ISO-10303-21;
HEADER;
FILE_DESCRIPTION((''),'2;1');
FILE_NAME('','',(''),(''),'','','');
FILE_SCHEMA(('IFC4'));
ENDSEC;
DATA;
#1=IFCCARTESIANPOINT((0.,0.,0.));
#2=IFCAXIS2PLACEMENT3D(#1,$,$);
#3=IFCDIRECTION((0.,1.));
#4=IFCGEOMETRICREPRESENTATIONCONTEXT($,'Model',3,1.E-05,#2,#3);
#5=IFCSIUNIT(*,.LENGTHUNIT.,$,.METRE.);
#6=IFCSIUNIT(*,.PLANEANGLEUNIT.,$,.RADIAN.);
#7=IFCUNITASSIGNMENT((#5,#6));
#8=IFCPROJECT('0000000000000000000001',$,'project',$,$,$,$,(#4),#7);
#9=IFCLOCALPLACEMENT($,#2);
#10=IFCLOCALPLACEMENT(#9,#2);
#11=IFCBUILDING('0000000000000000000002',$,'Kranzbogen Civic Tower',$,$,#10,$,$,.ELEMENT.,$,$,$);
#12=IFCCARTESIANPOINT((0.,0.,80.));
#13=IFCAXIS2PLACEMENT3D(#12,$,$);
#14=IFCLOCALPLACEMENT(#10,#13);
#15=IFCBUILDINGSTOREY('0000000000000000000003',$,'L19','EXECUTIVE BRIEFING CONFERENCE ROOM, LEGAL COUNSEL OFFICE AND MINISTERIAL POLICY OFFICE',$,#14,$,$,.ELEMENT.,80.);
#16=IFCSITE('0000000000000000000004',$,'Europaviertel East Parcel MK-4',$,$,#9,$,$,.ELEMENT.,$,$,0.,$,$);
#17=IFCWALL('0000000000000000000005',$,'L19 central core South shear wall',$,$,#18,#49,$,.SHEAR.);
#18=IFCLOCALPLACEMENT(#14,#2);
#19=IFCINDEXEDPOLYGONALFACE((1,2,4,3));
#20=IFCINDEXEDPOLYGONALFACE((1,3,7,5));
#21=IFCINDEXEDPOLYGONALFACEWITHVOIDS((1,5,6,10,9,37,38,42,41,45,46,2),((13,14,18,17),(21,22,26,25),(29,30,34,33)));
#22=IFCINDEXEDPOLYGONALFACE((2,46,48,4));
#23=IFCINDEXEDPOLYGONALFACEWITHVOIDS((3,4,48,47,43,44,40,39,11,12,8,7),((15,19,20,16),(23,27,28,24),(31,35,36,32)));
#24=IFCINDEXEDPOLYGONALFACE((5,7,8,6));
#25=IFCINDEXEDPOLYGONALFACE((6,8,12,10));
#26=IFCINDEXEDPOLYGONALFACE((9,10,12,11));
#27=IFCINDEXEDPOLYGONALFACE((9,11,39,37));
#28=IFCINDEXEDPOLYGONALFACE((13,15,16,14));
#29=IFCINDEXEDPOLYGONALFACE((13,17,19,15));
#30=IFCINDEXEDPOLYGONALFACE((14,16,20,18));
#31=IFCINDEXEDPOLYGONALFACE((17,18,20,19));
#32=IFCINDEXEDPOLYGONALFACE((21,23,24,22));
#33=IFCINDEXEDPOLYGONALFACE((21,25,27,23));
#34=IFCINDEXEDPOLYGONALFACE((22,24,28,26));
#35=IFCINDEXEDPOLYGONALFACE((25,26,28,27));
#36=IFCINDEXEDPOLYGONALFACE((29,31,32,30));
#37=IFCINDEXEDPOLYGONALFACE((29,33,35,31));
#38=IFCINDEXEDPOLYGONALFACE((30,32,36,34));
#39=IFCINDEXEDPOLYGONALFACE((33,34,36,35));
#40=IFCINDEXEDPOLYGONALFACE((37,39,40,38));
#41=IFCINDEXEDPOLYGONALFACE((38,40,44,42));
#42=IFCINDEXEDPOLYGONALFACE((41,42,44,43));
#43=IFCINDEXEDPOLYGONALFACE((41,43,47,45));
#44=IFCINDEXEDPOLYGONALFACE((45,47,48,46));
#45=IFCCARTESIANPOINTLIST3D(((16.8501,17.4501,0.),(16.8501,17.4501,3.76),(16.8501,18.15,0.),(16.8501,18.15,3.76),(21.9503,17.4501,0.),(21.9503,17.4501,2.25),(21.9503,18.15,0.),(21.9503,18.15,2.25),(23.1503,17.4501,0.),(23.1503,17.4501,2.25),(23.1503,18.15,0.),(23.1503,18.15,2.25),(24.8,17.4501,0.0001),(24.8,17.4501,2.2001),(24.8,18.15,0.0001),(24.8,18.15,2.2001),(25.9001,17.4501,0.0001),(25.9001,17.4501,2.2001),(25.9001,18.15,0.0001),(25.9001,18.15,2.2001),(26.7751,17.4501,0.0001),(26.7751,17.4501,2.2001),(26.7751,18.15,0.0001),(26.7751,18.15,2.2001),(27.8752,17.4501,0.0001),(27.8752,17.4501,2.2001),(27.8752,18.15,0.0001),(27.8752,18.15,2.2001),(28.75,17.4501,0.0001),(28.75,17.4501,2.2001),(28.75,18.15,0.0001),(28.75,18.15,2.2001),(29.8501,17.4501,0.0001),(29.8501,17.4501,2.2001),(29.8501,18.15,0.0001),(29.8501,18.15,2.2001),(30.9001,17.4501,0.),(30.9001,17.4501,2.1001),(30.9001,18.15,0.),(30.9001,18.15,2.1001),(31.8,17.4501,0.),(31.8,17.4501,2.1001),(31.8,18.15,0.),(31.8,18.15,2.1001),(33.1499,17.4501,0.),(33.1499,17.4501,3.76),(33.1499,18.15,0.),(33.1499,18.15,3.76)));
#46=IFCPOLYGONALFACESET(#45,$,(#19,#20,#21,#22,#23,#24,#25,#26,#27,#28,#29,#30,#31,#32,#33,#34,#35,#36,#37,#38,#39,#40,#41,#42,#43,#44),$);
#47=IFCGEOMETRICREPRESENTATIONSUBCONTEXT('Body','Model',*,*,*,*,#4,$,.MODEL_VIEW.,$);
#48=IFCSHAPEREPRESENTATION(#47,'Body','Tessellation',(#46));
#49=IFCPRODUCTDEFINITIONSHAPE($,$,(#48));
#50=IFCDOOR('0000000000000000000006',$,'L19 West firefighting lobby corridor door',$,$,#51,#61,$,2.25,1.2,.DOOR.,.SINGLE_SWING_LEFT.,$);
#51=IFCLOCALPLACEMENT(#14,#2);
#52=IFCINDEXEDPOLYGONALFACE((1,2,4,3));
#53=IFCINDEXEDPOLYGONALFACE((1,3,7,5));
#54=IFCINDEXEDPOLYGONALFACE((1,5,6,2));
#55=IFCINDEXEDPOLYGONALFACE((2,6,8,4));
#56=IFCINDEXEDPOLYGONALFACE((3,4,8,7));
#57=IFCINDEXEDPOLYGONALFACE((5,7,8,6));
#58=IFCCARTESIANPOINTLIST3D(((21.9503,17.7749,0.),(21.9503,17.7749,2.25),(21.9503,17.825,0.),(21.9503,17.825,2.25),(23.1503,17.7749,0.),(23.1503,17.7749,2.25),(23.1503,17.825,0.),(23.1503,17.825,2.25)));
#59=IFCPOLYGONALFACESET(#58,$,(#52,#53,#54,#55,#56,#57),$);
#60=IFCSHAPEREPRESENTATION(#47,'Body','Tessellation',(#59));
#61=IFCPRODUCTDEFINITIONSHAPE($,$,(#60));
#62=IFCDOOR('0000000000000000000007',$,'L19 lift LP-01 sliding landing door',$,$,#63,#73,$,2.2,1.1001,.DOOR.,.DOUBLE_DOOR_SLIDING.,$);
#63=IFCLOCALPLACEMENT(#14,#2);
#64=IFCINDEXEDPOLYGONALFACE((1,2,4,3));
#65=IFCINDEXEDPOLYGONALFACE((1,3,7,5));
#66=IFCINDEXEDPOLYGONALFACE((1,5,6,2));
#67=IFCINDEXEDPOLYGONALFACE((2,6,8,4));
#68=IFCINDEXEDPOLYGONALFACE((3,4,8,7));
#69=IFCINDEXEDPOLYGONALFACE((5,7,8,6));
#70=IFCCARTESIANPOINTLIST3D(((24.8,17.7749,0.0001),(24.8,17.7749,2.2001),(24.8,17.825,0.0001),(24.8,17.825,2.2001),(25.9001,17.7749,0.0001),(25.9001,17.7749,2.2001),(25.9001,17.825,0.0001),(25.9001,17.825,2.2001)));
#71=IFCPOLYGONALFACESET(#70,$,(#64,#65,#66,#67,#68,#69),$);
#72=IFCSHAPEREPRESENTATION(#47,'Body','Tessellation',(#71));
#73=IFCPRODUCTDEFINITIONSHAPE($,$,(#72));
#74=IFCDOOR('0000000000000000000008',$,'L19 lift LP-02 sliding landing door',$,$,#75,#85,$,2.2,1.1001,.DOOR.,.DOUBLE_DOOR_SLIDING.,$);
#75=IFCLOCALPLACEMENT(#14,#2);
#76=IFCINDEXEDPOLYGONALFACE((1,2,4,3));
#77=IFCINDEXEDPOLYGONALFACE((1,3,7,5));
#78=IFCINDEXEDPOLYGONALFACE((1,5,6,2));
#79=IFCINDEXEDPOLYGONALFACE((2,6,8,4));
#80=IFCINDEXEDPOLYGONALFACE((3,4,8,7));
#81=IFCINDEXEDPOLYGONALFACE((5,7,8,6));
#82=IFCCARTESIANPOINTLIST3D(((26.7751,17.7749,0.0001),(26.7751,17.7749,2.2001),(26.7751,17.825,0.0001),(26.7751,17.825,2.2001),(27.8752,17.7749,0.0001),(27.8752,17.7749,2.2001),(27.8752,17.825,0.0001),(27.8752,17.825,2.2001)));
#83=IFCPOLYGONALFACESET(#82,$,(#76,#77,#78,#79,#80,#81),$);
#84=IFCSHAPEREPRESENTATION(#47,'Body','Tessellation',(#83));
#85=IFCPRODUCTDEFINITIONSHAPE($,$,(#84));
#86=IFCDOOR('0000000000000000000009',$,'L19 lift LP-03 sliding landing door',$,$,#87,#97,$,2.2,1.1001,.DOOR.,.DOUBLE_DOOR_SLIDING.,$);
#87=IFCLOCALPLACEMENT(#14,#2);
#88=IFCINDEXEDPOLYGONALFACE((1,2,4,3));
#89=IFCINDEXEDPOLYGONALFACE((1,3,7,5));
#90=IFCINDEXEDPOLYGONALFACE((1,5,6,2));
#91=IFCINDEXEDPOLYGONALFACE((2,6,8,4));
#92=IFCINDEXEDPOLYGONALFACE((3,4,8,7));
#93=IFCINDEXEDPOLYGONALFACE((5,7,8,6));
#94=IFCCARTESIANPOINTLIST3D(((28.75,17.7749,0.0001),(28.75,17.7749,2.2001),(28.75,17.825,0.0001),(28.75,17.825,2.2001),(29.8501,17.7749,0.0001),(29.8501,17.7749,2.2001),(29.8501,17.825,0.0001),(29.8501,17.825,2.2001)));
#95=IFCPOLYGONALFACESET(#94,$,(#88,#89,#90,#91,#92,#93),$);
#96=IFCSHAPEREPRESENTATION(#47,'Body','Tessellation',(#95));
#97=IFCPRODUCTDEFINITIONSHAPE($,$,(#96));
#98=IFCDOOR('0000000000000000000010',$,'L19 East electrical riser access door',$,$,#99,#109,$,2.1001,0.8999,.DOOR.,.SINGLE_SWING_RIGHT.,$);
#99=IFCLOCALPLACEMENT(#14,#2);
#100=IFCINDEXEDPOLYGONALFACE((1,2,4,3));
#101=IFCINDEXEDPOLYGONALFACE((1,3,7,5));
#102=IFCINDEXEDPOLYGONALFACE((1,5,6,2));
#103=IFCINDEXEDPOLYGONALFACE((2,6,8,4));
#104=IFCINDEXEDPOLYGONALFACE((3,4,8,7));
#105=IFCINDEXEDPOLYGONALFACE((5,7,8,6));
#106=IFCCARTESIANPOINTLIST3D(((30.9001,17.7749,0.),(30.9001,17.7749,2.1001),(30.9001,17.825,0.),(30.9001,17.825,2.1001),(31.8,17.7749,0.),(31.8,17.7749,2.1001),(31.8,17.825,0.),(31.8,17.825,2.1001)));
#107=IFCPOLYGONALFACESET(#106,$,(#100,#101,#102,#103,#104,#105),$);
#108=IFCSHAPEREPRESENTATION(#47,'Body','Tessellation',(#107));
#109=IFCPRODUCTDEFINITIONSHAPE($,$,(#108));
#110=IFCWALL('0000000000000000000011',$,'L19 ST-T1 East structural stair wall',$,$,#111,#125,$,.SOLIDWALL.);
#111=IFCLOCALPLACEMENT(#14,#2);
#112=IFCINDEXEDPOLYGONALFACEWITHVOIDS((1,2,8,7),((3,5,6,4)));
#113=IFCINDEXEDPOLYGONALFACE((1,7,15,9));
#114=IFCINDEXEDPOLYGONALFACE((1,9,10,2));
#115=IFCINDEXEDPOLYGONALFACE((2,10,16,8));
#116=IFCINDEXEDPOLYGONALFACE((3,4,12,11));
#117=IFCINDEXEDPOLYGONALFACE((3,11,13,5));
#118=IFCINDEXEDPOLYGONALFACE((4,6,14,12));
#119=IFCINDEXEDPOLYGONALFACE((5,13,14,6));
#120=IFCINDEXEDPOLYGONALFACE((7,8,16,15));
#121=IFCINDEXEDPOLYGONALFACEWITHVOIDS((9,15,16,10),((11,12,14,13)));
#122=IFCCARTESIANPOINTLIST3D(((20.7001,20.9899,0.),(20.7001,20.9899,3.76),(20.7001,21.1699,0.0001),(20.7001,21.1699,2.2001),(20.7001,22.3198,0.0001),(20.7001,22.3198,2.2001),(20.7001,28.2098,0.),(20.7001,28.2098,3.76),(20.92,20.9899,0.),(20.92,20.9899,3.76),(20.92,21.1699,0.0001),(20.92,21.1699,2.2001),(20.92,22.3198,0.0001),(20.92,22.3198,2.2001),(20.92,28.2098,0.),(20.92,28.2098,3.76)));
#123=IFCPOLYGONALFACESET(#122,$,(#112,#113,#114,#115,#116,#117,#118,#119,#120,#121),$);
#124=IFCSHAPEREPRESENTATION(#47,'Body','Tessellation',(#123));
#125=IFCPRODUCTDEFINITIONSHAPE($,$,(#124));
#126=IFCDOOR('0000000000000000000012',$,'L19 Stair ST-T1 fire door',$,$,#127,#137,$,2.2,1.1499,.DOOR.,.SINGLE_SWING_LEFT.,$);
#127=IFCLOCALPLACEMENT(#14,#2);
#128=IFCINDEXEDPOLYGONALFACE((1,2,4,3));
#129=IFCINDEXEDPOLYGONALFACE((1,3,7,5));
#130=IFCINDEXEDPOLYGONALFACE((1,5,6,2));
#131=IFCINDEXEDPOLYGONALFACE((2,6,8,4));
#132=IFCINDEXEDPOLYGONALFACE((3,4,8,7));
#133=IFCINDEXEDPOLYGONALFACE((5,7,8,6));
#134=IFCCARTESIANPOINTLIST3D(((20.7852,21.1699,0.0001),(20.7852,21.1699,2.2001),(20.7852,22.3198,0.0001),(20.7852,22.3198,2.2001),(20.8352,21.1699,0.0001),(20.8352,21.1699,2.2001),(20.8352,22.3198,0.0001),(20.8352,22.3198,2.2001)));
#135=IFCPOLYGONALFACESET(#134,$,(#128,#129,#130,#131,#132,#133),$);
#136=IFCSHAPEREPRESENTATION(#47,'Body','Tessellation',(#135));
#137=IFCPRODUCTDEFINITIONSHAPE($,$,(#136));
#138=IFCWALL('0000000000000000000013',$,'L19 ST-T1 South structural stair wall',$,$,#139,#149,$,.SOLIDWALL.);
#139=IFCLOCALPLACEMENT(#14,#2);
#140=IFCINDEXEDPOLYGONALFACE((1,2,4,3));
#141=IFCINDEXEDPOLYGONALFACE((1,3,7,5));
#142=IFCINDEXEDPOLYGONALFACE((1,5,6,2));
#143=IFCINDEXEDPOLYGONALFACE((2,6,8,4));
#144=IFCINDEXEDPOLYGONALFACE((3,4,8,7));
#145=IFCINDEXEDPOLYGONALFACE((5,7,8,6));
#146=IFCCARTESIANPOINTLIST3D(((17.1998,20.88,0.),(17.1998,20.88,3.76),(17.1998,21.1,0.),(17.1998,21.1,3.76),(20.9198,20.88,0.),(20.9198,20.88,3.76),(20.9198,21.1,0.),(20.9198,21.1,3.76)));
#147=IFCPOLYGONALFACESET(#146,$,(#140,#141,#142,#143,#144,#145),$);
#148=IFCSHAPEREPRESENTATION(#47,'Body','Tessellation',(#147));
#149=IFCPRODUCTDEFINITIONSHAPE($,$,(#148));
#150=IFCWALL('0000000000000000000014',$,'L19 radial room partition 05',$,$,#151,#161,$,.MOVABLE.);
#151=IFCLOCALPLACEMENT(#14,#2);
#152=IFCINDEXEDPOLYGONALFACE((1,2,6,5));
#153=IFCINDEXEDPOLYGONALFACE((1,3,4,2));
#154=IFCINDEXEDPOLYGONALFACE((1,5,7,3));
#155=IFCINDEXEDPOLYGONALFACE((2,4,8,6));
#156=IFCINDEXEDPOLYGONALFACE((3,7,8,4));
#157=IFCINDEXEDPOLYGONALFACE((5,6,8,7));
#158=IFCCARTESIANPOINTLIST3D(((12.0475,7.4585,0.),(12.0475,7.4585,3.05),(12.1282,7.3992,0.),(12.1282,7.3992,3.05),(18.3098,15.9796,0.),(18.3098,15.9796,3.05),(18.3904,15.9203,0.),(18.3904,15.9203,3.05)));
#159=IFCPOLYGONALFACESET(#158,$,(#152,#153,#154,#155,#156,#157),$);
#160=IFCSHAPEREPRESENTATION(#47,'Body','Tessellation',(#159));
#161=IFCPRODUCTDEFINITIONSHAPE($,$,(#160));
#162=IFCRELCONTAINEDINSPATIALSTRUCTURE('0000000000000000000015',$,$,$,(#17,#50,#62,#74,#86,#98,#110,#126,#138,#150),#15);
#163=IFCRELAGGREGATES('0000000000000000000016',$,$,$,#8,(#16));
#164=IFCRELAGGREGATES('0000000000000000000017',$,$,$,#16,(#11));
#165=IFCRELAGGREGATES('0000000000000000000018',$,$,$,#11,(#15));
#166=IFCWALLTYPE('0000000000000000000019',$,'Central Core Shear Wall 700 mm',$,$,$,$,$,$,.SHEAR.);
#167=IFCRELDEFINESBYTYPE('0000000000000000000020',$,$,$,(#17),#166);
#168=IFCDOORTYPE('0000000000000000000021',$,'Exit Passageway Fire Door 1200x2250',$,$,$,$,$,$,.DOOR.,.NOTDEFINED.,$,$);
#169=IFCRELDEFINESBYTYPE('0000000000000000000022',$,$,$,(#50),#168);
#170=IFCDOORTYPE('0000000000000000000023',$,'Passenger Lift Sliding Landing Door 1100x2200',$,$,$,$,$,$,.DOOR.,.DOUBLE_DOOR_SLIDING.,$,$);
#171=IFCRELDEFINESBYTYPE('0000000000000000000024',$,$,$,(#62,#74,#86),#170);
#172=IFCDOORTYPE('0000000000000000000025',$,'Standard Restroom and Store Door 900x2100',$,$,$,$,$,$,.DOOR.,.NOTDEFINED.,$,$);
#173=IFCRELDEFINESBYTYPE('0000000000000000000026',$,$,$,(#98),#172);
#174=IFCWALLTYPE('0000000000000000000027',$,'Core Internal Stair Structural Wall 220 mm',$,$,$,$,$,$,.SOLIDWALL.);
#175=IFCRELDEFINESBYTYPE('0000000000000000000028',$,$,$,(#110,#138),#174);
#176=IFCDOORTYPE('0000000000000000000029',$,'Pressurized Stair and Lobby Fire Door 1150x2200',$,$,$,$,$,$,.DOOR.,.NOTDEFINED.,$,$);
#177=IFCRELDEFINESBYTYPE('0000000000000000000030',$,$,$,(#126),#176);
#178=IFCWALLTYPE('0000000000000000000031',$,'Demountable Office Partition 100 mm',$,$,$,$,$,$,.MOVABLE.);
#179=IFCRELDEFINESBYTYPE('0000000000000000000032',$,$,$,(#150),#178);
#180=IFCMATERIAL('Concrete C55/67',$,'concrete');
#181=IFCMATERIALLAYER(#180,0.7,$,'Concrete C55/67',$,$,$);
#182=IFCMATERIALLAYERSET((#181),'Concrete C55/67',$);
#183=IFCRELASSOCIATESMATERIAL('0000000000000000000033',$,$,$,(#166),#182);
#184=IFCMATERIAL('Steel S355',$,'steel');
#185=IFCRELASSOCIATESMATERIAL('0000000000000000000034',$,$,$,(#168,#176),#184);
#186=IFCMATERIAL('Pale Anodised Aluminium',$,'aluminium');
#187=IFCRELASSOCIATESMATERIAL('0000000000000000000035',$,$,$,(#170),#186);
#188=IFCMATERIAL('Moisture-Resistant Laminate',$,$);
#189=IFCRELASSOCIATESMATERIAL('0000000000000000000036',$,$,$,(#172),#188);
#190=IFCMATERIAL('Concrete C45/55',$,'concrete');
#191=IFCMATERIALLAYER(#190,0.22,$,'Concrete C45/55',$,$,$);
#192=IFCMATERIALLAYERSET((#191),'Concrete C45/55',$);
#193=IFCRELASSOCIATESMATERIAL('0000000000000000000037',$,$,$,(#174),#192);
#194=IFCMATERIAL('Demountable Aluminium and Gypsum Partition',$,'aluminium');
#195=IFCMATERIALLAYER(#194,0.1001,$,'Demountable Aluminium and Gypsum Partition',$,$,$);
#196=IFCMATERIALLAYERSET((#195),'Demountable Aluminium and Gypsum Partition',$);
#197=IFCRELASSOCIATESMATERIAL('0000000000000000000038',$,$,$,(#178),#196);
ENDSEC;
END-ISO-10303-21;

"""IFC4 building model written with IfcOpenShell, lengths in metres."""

from ifc_helpers import new_model, si_unit, direction, frame, frame_2d, origin, place, context, subcontext, project, spatial, rectangle, extrude, material, layer, layer_set, type_object, element, fill, save


model = new_model("IFC4")

# Units and contexts
model_context = context("Model", 3, precision=1e-05, world=origin(), true_north=direction((0.0, 1.0)))
body_context = subcontext(model_context, "Body", "Model", "MODEL_VIEW")
ifc_project = project(units=[si_unit("LENGTHUNIT", "METRE"), si_unit("PLANEANGLEUNIT", "RADIAN")], contexts=[model_context])

# Site, building, storey
site_placement = place(None, origin())
site = spatial("IfcSite", under=ifc_project, at=site_placement, Name="Europaviertel East Parcel MK-4", CompositionType="ELEMENT", RefElevation=0.0)
building_placement = place(site_placement, origin())
building = spatial("IfcBuilding", under=site, at=building_placement, Name="Kranzbogen Civic Tower", CompositionType="ELEMENT")
storey_placement = place(building_placement, frame((0.0, 0.0, 80.0)))
storey = spatial("IfcBuildingStorey", under=building, at=storey_placement, Name="L19", Description="EXECUTIVE BRIEFING CONFERENCE ROOM, LEGAL COUNSEL OFFICE AND MINISTERIAL POLICY OFFICE", CompositionType="ELEMENT", Elevation=80.0)

# Shared definitions
ifc_material_1 = material(Name="Steel S355", Category="steel")

# Wall, openings, doors
ifc_material_2 = material(Name="Concrete C55/67", Category="concrete")
ifc_layer_1 = layer(ifc_material_2, 0.7, Name="Concrete C55/67")
ifc_layer_set_1 = layer_set([ifc_layer_1], Name="Concrete C55/67")
wall_type_1 = type_object("IfcWallType", Name="Central Core Shear Wall 700 mm", PredefinedType="SHEAR", material=ifc_layer_set_1)
wall_1_placement = place(storey_placement, frame((16.8501, 17.8, 0.0), z_axis=(0.0, 0.0, 1.0), x_axis=(1.0, 0.0, 0.0)))
wall_1 = element("IfcWall", 1, at=wall_1_placement, inside=storey, type_object=wall_type_1, Name="L19 central core South shear wall", PredefinedType="SHEAR", context=body_context, shape_type="SweptSolid", body=[
    extrude(rectangle(XDim=16.2998, YDim=0.7, at=frame_2d((8.1499, 0.0))), origin(), (0.0, 0.0, 1.0), 3.76),
])
opening_1_placement = place(wall_1_placement, frame((5.1001, 0.0, 0.0)))
opening_1 = element("IfcOpeningElement", 2, at=opening_1_placement, cuts=wall_1, PredefinedType="OPENING", context=body_context, shape_type="SweptSolid", body=[
    extrude(rectangle(XDim=1.2, YDim=2.25, at=frame_2d((0.6001, 1.125))), frame((0.0, 0.3599, 0.0), z_axis=(0.0, -1.0, 0.0), x_axis=(1.0, 0.0, 0.0)), (0.0, 0.0, 1.0), 0.72),
])
opening_2_placement = place(wall_1_placement, frame((14.05, 0.0, 0.0)))
opening_2 = element("IfcOpeningElement", 3, at=opening_2_placement, cuts=wall_1, PredefinedType="OPENING", context=body_context, shape_type="SweptSolid", body=[
    extrude(rectangle(XDim=0.8999, YDim=2.1001, at=frame_2d((0.45, 1.05))), frame((0.0, 0.3599, 0.0), z_axis=(0.0, -1.0, 0.0), x_axis=(1.0, 0.0, 0.0)), (0.0, 0.0, 1.0), 0.72),
])
opening_3_placement = place(wall_1_placement, frame((7.95, 0.0, 0.0)))
opening_3 = element("IfcOpeningElement", 4, at=opening_3_placement, cuts=wall_1, PredefinedType="OPENING", context=body_context, shape_type="SweptSolid", body=[
    extrude(rectangle(XDim=1.1001, YDim=2.2, at=frame_2d((0.55, 1.1001))), frame((0.0, 0.3599, 0.0), z_axis=(0.0, -1.0, 0.0), x_axis=(1.0, 0.0, 0.0)), (0.0, 0.0, 1.0), 0.72),
])
opening_4_placement = place(wall_1_placement, frame((9.925, 0.0, 0.0)))
opening_4 = element("IfcOpeningElement", 5, at=opening_4_placement, cuts=wall_1, PredefinedType="OPENING", context=body_context, shape_type="SweptSolid", body=[
    extrude(rectangle(XDim=1.1001, YDim=2.2, at=frame_2d((0.55, 1.1001))), frame((0.0, 0.3599, 0.0), z_axis=(0.0, -1.0, 0.0), x_axis=(1.0, 0.0, 0.0)), (0.0, 0.0, 1.0), 0.72),
])
opening_5_placement = place(wall_1_placement, frame((11.8999, 0.0, 0.0)))
opening_5 = element("IfcOpeningElement", 6, at=opening_5_placement, cuts=wall_1, PredefinedType="OPENING", context=body_context, shape_type="SweptSolid", body=[
    extrude(rectangle(XDim=1.1001, YDim=2.2, at=frame_2d((0.55, 1.1001))), frame((0.0, 0.3599, 0.0), z_axis=(0.0, -1.0, 0.0), x_axis=(1.0, 0.0, 0.0)), (0.0, 0.0, 1.0), 0.72),
])
door_type_1 = type_object("IfcDoorType", Name="Exit Passageway Fire Door 1200x2250", OperationType="NOTDEFINED", PredefinedType="DOOR", material=ifc_material_1)
door_1_placement = place(opening_1_placement, origin())
door_1 = element("IfcDoor", 7, at=door_1_placement, inside=storey, type_object=door_type_1, Name="L19 West firefighting lobby corridor door", OperationType="SINGLE_SWING_LEFT", OverallHeight=2.25, OverallWidth=1.2, PredefinedType="DOOR", context=body_context, shape_type="SweptSolid", body=[
    extrude(rectangle(XDim=1.2, YDim=2.25, at=frame_2d((0.6001, 1.125))), frame((0.0, 0.0249, 0.0), z_axis=(0.0, -1.0, 0.0), x_axis=(1.0, 0.0, 0.0)), (0.0, 0.0, 1.0), 0.05),
])
fill(opening_1, door_1)
ifc_material_3 = material(Name="Pale Anodised Aluminium", Category="aluminium")
door_type_2 = type_object("IfcDoorType", Name="Passenger Lift Sliding Landing Door 1100x2200", OperationType="DOUBLE_DOOR_SLIDING", PredefinedType="DOOR", material=ifc_material_3)
door_2_placement = place(opening_3_placement, origin())
door_2 = element("IfcDoor", 8, at=door_2_placement, inside=storey, type_object=door_type_2, Name="L19 lift LP-01 sliding landing door", OperationType="DOUBLE_DOOR_SLIDING", OverallHeight=2.2, OverallWidth=1.1001, PredefinedType="DOOR", context=body_context, shape_type="SweptSolid", body=[
    extrude(rectangle(XDim=1.1001, YDim=2.2, at=frame_2d((0.55, 1.1001))), frame((0.0, 0.0249, 0.0), z_axis=(0.0, -1.0, 0.0), x_axis=(1.0, 0.0, 0.0)), (0.0, 0.0, 1.0), 0.05),
])
fill(opening_3, door_2)
door_3_placement = place(opening_4_placement, origin())
door_3 = element("IfcDoor", 9, at=door_3_placement, inside=storey, type_object=door_type_2, Name="L19 lift LP-02 sliding landing door", OperationType="DOUBLE_DOOR_SLIDING", OverallHeight=2.2, OverallWidth=1.1001, PredefinedType="DOOR", context=body_context, shape_type="SweptSolid", body=[
    extrude(rectangle(XDim=1.1001, YDim=2.2, at=frame_2d((0.55, 1.1001))), frame((0.0, 0.0249, 0.0), z_axis=(0.0, -1.0, 0.0), x_axis=(1.0, 0.0, 0.0)), (0.0, 0.0, 1.0), 0.05),
])
fill(opening_4, door_3)
door_4_placement = place(opening_5_placement, origin())
door_4 = element("IfcDoor", 10, at=door_4_placement, inside=storey, type_object=door_type_2, Name="L19 lift LP-03 sliding landing door", OperationType="DOUBLE_DOOR_SLIDING", OverallHeight=2.2, OverallWidth=1.1001, PredefinedType="DOOR", context=body_context, shape_type="SweptSolid", body=[
    extrude(rectangle(XDim=1.1001, YDim=2.2, at=frame_2d((0.55, 1.1001))), frame((0.0, 0.0249, 0.0), z_axis=(0.0, -1.0, 0.0), x_axis=(1.0, 0.0, 0.0)), (0.0, 0.0, 1.0), 0.05),
])
fill(opening_5, door_4)
ifc_material_4 = material(Name="Moisture-Resistant Laminate")
door_type_3 = type_object("IfcDoorType", Name="Standard Restroom and Store Door 900x2100", OperationType="NOTDEFINED", PredefinedType="DOOR", material=ifc_material_4)
door_5_placement = place(opening_2_placement, origin())
door_5 = element("IfcDoor", 11, at=door_5_placement, inside=storey, type_object=door_type_3, Name="L19 East electrical riser access door", OperationType="SINGLE_SWING_RIGHT", OverallHeight=2.1001, OverallWidth=0.8999, PredefinedType="DOOR", context=body_context, shape_type="SweptSolid", body=[
    extrude(rectangle(XDim=0.8999, YDim=2.1001, at=frame_2d((0.45, 1.05))), frame((0.0, 0.0249, 0.0), z_axis=(0.0, -1.0, 0.0), x_axis=(1.0, 0.0, 0.0)), (0.0, 0.0, 1.0), 0.05),
])
fill(opening_2, door_5)

# Wall, opening, door
ifc_material_5 = material(Name="Concrete C45/55", Category="concrete")
ifc_layer_2 = layer(ifc_material_5, 0.22, Name="Concrete C45/55")
ifc_layer_set_2 = layer_set([ifc_layer_2], Name="Concrete C45/55")
wall_type_2 = type_object("IfcWallType", Name="Core Internal Stair Structural Wall 220 mm", PredefinedType="SOLIDWALL", material=ifc_layer_set_2)
wall_2_placement = place(storey_placement, frame((20.8101, 20.99, 0.0), z_axis=(0.0, 0.0, 1.0), x_axis=(0.0, 1.0, 0.0)))
wall_2 = element("IfcWall", 12, at=wall_2_placement, inside=storey, type_object=wall_type_2, Name="L19 ST-T1 East structural stair wall", PredefinedType="SOLIDWALL", context=body_context, shape_type="SweptSolid", body=[
    extrude(rectangle(XDim=7.22, YDim=0.22, at=frame_2d((3.6099, 0.0))), origin(), (0.0, 0.0, 1.0), 3.76),
])
opening_6_placement = place(wall_2_placement, frame((0.1799, 0.0, 0.0)))
opening_6 = element("IfcOpeningElement", 13, at=opening_6_placement, cuts=wall_2, PredefinedType="OPENING", context=body_context, shape_type="SweptSolid", body=[
    extrude(rectangle(XDim=1.1499, YDim=2.2, at=frame_2d((0.575, 1.1001))), frame((0.0, 0.1201, 0.0), z_axis=(0.0, -1.0, 0.0), x_axis=(1.0, 0.0, 0.0)), (0.0, 0.0, 1.0), 0.24),
])
door_type_4 = type_object("IfcDoorType", Name="Pressurized Stair and Lobby Fire Door 1150x2200", OperationType="NOTDEFINED", PredefinedType="DOOR", material=ifc_material_1)
door_6_placement = place(opening_6_placement, origin())
door_6 = element("IfcDoor", 14, at=door_6_placement, inside=storey, type_object=door_type_4, Name="L19 Stair ST-T1 fire door", OperationType="SINGLE_SWING_LEFT", OverallHeight=2.2, OverallWidth=1.1499, PredefinedType="DOOR", context=body_context, shape_type="SweptSolid", body=[
    extrude(rectangle(XDim=1.1499, YDim=2.2, at=frame_2d((0.575, 1.1001))), frame((0.0, 0.0249, 0.0), z_axis=(0.0, -1.0, 0.0), x_axis=(1.0, 0.0, 0.0)), (0.0, 0.0, 1.0), 0.05),
])
fill(opening_6, door_6)

# Walls
wall_3_placement = place(storey_placement, frame((17.2, 20.99, 0.0), z_axis=(0.0, 0.0, 1.0), x_axis=(1.0, 0.0, 0.0)))
element("IfcWall", 15, at=wall_3_placement, inside=storey, type_object=wall_type_2, Name="L19 ST-T1 South structural stair wall", PredefinedType="SOLIDWALL", context=body_context, shape_type="SweptSolid", body=[
    extrude(rectangle(XDim=3.72, YDim=0.22, at=frame_2d((1.8599, 0.0))), origin(), (0.0, 0.0, 1.0), 3.76),
])
ifc_material_6 = material(Name="Demountable Aluminium and Gypsum Partition", Category="aluminium")
ifc_layer_3 = layer(ifc_material_6, 0.1001, Name="Demountable Aluminium and Gypsum Partition")
ifc_layer_set_3 = layer_set([ifc_layer_3], Name="Demountable Aluminium and Gypsum Partition")
wall_type_3 = type_object("IfcWallType", Name="Demountable Office Partition 100 mm", PredefinedType="MOVABLE", material=ifc_layer_set_3)
wall_4_placement = place(storey_placement, frame((18.3501, 15.95, 0.0), z_axis=(0.0, 0.0, 1.0), x_axis=(-0.592192, -0.805797, 0.0)))
element("IfcWall", 16, at=wall_4_placement, inside=storey, type_object=wall_type_3, Name="L19 radial room partition 05", PredefinedType="MOVABLE", context=body_context, shape_type="SweptSolid", body=[
    extrude(rectangle(XDim=10.5747, YDim=0.1001, at=frame_2d((5.2874, 0.0))), origin(), (0.0, 0.0, 1.0), 3.05),
])

save(model, "model.ifc")
